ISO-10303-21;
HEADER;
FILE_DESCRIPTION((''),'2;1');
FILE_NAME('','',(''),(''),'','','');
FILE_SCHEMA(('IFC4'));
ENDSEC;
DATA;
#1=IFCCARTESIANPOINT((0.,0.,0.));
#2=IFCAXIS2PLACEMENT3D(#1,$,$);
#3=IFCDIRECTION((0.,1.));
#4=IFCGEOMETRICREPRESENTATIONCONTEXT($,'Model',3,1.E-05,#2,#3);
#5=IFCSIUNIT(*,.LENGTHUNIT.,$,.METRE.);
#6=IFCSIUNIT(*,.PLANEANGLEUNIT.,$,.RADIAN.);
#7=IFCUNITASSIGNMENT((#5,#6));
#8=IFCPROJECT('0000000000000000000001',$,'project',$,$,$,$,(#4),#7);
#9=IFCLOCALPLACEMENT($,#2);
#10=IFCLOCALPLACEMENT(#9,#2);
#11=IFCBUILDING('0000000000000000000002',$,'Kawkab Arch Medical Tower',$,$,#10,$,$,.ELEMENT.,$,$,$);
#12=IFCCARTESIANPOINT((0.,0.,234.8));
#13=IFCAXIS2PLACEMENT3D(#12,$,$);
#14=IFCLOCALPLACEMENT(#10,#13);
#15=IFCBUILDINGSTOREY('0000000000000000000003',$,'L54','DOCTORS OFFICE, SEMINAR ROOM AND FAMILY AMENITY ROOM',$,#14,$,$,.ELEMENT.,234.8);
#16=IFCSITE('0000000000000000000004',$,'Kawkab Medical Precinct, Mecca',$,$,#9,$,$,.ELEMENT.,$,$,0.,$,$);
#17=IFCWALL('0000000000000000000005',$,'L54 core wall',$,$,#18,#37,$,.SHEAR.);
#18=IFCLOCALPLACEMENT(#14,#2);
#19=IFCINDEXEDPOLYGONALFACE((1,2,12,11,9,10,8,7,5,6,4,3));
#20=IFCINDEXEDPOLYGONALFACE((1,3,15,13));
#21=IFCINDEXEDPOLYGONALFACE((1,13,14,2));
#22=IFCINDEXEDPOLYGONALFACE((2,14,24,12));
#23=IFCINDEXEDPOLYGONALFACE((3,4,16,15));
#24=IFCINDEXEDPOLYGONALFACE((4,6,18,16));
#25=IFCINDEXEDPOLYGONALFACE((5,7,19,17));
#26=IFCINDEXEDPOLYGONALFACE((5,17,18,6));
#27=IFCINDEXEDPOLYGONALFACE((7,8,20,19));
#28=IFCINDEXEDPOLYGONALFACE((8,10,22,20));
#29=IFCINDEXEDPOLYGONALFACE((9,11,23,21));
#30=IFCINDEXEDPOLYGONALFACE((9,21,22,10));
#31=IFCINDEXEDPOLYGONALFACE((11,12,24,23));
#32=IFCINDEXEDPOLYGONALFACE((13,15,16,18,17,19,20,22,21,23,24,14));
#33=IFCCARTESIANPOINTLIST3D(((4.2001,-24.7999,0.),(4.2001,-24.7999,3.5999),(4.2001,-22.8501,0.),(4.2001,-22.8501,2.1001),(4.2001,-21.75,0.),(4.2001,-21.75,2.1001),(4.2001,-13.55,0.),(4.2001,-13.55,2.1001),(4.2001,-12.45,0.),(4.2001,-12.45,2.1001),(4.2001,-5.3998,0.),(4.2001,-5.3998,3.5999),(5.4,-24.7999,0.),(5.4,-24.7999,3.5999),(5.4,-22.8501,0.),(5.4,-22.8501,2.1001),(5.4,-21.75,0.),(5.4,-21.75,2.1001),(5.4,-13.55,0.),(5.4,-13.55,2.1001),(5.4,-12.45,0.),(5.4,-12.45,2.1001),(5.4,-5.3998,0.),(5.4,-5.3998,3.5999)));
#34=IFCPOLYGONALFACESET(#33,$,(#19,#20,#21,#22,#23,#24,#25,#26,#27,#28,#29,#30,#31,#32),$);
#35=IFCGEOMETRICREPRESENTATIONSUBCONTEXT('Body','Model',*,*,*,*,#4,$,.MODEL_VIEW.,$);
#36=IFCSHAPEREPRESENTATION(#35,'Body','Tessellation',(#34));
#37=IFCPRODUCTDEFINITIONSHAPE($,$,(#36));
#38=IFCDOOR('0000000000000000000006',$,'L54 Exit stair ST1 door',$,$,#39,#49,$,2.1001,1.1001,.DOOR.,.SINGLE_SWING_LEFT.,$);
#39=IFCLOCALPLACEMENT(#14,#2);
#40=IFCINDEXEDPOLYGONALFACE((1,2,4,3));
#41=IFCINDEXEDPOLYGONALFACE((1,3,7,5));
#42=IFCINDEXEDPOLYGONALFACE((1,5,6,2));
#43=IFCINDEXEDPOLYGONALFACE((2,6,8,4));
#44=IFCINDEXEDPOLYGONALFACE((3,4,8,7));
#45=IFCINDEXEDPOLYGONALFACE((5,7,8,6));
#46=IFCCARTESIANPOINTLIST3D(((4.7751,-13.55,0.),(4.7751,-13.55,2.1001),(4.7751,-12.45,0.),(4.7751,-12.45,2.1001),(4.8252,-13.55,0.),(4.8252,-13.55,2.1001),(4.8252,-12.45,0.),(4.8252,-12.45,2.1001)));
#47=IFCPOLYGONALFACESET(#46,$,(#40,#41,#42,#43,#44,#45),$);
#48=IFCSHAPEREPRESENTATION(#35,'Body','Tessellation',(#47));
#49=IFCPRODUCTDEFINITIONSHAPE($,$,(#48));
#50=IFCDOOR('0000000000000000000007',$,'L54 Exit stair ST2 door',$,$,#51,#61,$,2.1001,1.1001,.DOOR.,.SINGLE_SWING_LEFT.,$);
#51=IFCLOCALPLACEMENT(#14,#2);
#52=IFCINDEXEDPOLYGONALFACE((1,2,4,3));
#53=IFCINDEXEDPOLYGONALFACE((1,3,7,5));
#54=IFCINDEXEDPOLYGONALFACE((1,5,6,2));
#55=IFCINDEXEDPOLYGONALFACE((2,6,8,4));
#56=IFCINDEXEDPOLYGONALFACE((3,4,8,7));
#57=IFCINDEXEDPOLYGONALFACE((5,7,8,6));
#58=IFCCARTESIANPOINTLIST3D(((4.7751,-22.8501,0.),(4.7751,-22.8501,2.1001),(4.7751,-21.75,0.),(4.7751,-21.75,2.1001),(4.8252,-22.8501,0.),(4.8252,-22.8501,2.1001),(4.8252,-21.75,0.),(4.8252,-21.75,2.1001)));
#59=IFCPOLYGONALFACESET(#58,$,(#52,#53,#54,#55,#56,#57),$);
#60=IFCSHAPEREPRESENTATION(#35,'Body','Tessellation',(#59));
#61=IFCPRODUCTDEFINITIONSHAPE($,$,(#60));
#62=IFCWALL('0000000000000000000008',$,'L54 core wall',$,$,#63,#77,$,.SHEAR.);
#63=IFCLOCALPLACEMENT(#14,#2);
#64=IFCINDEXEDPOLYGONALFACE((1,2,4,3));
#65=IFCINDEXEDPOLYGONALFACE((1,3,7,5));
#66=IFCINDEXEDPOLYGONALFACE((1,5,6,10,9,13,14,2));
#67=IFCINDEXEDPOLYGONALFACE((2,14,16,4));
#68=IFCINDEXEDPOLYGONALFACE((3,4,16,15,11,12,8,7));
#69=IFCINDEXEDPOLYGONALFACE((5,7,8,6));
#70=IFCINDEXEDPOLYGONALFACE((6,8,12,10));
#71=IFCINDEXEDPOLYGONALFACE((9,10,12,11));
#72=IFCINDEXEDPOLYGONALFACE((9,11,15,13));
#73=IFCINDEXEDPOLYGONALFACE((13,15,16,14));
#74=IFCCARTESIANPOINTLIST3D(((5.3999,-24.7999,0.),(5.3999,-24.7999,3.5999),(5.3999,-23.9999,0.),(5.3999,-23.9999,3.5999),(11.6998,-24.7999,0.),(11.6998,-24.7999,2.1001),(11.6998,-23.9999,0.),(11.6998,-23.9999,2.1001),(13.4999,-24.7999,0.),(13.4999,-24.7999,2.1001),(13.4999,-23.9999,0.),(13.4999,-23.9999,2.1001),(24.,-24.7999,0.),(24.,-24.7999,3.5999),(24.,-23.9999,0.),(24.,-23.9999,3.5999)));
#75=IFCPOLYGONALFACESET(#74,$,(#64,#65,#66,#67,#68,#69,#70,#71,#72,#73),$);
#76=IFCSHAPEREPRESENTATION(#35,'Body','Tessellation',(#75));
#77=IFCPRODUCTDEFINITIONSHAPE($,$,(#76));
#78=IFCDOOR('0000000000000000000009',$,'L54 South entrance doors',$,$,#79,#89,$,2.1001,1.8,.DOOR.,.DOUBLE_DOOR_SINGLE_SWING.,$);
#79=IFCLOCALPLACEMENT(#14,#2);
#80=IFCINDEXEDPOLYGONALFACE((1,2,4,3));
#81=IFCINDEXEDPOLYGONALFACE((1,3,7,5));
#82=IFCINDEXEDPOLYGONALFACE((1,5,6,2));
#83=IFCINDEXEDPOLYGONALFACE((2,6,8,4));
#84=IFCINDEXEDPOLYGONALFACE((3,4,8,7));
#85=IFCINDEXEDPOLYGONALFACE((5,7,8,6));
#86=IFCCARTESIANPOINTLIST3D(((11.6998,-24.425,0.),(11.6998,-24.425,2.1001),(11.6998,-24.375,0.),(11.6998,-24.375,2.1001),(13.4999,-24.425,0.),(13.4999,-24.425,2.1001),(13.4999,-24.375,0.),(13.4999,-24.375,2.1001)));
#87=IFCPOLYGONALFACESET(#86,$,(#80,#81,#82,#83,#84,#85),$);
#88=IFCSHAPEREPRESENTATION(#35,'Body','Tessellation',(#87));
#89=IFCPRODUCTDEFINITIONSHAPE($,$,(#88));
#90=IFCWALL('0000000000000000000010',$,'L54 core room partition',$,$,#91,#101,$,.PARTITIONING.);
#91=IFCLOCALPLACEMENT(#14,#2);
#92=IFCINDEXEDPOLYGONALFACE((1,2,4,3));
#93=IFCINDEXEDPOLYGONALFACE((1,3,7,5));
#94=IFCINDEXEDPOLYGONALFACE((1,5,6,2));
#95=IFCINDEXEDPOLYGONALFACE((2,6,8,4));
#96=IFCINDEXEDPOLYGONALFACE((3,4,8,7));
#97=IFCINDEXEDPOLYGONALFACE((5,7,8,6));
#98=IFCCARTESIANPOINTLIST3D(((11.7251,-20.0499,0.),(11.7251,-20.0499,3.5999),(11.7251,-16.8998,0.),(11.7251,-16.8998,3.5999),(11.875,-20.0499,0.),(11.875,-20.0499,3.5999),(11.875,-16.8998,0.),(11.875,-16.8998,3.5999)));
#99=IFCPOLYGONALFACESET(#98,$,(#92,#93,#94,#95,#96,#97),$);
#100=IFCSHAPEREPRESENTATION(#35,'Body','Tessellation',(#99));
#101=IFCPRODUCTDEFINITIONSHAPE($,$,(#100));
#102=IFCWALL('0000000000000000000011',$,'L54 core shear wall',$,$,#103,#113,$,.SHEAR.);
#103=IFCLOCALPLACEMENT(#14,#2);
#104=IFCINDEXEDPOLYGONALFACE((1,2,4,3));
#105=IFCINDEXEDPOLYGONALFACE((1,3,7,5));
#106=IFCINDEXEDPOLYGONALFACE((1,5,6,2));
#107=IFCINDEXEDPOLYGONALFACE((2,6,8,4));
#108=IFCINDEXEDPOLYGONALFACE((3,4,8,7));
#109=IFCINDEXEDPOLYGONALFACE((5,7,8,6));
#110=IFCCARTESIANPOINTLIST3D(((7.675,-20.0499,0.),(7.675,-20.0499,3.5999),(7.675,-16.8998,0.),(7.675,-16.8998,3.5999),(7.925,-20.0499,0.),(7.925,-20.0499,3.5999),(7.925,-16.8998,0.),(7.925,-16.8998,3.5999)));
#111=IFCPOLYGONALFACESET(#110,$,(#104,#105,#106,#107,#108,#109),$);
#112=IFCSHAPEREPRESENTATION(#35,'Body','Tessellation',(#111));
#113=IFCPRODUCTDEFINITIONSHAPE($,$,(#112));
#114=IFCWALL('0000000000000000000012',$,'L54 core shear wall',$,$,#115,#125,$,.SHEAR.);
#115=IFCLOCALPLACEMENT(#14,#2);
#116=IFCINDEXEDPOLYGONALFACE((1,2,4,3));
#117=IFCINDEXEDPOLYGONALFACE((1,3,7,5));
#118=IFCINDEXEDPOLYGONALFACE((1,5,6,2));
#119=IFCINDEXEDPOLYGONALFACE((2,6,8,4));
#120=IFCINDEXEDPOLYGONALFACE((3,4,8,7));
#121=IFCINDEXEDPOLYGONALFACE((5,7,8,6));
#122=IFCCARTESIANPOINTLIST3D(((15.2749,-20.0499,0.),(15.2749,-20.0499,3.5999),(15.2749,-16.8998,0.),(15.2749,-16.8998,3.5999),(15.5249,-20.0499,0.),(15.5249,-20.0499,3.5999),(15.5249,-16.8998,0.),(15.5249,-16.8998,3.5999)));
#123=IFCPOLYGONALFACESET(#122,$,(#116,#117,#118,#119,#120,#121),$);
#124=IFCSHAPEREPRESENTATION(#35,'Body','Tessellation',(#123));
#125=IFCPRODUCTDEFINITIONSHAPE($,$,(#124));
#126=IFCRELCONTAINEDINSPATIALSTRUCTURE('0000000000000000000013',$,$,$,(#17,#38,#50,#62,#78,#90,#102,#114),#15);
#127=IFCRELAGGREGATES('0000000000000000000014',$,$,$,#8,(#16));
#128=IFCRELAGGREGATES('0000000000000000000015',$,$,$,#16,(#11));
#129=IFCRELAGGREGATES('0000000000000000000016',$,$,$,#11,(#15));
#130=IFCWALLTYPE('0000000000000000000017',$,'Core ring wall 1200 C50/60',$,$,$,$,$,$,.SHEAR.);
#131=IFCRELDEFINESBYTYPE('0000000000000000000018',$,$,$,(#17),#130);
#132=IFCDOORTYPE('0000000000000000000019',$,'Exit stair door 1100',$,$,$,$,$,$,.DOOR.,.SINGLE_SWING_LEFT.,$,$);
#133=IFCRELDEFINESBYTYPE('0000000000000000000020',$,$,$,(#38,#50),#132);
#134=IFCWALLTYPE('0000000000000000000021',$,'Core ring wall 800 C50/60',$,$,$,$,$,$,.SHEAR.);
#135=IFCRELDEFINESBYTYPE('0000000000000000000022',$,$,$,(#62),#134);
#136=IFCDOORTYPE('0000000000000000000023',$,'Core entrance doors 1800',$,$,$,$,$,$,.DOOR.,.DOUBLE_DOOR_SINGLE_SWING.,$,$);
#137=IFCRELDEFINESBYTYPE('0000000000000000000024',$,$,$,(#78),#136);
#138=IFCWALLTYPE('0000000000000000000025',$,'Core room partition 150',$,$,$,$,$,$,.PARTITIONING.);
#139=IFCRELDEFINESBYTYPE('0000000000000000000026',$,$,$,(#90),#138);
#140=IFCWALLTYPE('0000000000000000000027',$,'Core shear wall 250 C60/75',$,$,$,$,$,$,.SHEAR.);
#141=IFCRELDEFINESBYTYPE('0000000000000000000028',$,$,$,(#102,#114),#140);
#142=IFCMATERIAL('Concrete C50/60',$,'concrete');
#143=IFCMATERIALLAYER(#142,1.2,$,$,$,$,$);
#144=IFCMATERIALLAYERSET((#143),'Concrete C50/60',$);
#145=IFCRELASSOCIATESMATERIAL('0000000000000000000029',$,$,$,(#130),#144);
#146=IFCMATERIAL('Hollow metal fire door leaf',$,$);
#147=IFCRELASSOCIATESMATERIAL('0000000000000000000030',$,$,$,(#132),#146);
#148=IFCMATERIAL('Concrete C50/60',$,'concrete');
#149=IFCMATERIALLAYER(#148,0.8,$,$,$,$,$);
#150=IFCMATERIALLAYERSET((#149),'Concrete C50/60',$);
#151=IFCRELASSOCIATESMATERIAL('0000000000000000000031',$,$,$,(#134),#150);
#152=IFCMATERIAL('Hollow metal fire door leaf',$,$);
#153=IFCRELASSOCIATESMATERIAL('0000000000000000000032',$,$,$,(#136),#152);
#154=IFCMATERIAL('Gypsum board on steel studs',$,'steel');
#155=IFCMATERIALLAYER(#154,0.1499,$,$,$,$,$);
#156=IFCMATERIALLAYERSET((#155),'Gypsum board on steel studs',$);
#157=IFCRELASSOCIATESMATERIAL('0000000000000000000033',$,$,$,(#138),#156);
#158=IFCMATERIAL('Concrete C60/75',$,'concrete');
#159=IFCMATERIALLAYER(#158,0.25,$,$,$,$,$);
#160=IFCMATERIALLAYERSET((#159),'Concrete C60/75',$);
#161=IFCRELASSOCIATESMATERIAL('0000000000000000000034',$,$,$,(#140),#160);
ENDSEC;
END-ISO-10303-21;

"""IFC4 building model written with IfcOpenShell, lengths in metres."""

from ifc_helpers import new_model, si_unit, direction, frame, frame_2d, origin, place, context, subcontext, project, spatial, rectangle, extrude, material, layer, layer_set, type_object, element, fill, save


model = new_model("IFC4")

# Units and contexts
model_context = context("Model", 3, precision=1e-05, world=origin(), true_north=direction((0.0, 1.0)))
body_context = subcontext(model_context, "Body", "Model", "MODEL_VIEW")
ifc_project = project(units=[si_unit("LENGTHUNIT", "METRE"), si_unit("PLANEANGLEUNIT", "RADIAN")], contexts=[model_context])

# Site, building, storey
site_placement = place(None, origin())
site = spatial("IfcSite", under=ifc_project, at=site_placement, Name="Kawkab Medical Precinct, Mecca", CompositionType="ELEMENT", RefElevation=0.0)
building_placement = place(site_placement, origin())
building = spatial("IfcBuilding", under=site, at=building_placement, Name="Kawkab Arch Medical Tower", CompositionType="ELEMENT")
storey_placement = place(building_placement, frame((0.0, 0.0, 234.8)))
storey = spatial("IfcBuildingStorey", under=building, at=storey_placement, Name="L54", Description="DOCTORS OFFICE, SEMINAR ROOM AND FAMILY AMENITY ROOM", CompositionType="ELEMENT", Elevation=234.8)

# Wall, openings, doors
ifc_material_1 = material(Name="Concrete C50/60", Category="concrete")
ifc_layer_1 = layer(ifc_material_1, 1.2)
ifc_layer_set_1 = layer_set([ifc_layer_1], Name="Concrete C50/60")
wall_type_1 = type_object("IfcWallType", Name="Core ring wall 1200 C50/60", PredefinedType="SHEAR", material=ifc_layer_set_1)
wall_1_placement = place(storey_placement, frame((4.8, -24.8, 0.0), z_axis=(0.0, 0.0, 1.0), x_axis=(0.0, 1.0, 0.0)))
wall_1 = element("IfcWall", 1, at=wall_1_placement, inside=storey, type_object=wall_type_1, Name="L54 core wall", PredefinedType="SHEAR", context=body_context, shape_type="SweptSolid", body=[
    extrude(rectangle(XDim=19.4001, YDim=1.2, at=frame_2d((9.7002, 0.0))), origin(), (0.0, 0.0, 1.0), 3.5999),
])
opening_1_placement = place(wall_1_placement, frame((11.25, 0.0, 0.0)))
opening_1 = element("IfcOpeningElement", 2, at=opening_1_placement, cuts=wall_1, PredefinedType="OPENING", context=body_context, shape_type="SweptSolid", body=[
    extrude(rectangle(XDim=1.1001, YDim=2.1001, at=frame_2d((0.55, 1.05))), frame((0.0, 0.6099, 0.0), z_axis=(0.0, -1.0, 0.0), x_axis=(1.0, 0.0, 0.0)), (0.0, 0.0, 1.0), 1.22),
])
opening_2_placement = place(wall_1_placement, frame((1.95, 0.0, 0.0)))
opening_2 = element("IfcOpeningElement", 3, at=opening_2_placement, cuts=wall_1, PredefinedType="OPENING", context=body_context, shape_type="SweptSolid", body=[
    extrude(rectangle(XDim=1.1001, YDim=2.1001, at=frame_2d((0.55, 1.05))), frame((0.0, 0.6099, 0.0), z_axis=(0.0, -1.0, 0.0), x_axis=(1.0, 0.0, 0.0)), (0.0, 0.0, 1.0), 1.22),
])
ifc_material_2 = material(Name="Hollow metal fire door leaf")
door_type_1 = type_object("IfcDoorType", Name="Exit stair door 1100", OperationType="SINGLE_SWING_LEFT", PredefinedType="DOOR", material=ifc_material_2)
door_1_placement = place(opening_1_placement, origin())
door_1 = element("IfcDoor", 4, at=door_1_placement, inside=storey, type_object=door_type_1, Name="L54 Exit stair ST1 door", OperationType="SINGLE_SWING_LEFT", OverallHeight=2.1001, OverallWidth=1.1001, PredefinedType="DOOR", context=body_context, shape_type="SweptSolid", body=[
    extrude(rectangle(XDim=1.1001, YDim=2.1001, at=frame_2d((0.55, 1.05))), frame((0.0, 0.0249, 0.0), z_axis=(0.0, -1.0, 0.0), x_axis=(1.0, 0.0, 0.0)), (0.0, 0.0, 1.0), 0.05),
])
fill(opening_1, door_1)
door_2_placement = place(opening_2_placement, origin())
door_2 = element("IfcDoor", 5, at=door_2_placement, inside=storey, type_object=door_type_1, Name="L54 Exit stair ST2 door", OperationType="SINGLE_SWING_LEFT", OverallHeight=2.1001, OverallWidth=1.1001, PredefinedType="DOOR", context=body_context, shape_type="SweptSolid", body=[
    extrude(rectangle(XDim=1.1001, YDim=2.1001, at=frame_2d((0.55, 1.05))), frame((0.0, 0.0249, 0.0), z_axis=(0.0, -1.0, 0.0), x_axis=(1.0, 0.0, 0.0)), (0.0, 0.0, 1.0), 0.05),
])
fill(opening_2, door_2)

# Wall, opening, door
ifc_material_3 = material(Name="Concrete C50/60", Category="concrete")
ifc_layer_2 = layer(ifc_material_3, 0.8)
ifc_layer_set_2 = layer_set([ifc_layer_2], Name="Concrete C50/60")
wall_type_2 = type_object("IfcWallType", Name="Core ring wall 800 C50/60", PredefinedType="SHEAR", material=ifc_layer_set_2)
wall_2_placement = place(storey_placement, frame((5.3999, -24.3999, 0.0), z_axis=(0.0, 0.0, 1.0), x_axis=(1.0, 0.0, 0.0)))
wall_2 = element("IfcWall", 6, at=wall_2_placement, inside=storey, type_object=wall_type_2, Name="L54 core wall", PredefinedType="SHEAR", context=body_context, shape_type="SweptSolid", body=[
    extrude(rectangle(XDim=18.6001, YDim=0.8, at=frame_2d((9.3, 0.0))), origin(), (0.0, 0.0, 1.0), 3.5999),
])
opening_3_placement = place(wall_2_placement, frame((6.3, 0.0, 0.0)))
opening_3 = element("IfcOpeningElement", 7, at=opening_3_placement, cuts=wall_2, PredefinedType="OPENING", context=body_context, shape_type="SweptSolid", body=[
    extrude(rectangle(XDim=1.8, YDim=2.1001, at=frame_2d((0.8999, 1.05))), frame((0.0, 0.4099, 0.0), z_axis=(0.0, -1.0, 0.0), x_axis=(1.0, 0.0, 0.0)), (0.0, 0.0, 1.0), 0.8201),
])
ifc_material_4 = material(Name="Hollow metal fire door leaf")
door_type_2 = type_object("IfcDoorType", Name="Core entrance doors 1800", OperationType="DOUBLE_DOOR_SINGLE_SWING", PredefinedType="DOOR", material=ifc_material_4)
door_3_placement = place(opening_3_placement, origin())
door_3 = element("IfcDoor", 8, at=door_3_placement, inside=storey, type_object=door_type_2, Name="L54 South entrance doors", OperationType="DOUBLE_DOOR_SINGLE_SWING", OverallHeight=2.1001, OverallWidth=1.8, PredefinedType="DOOR", context=body_context, shape_type="SweptSolid", body=[
    extrude(rectangle(XDim=1.8, YDim=2.1001, at=frame_2d((0.8999, 1.05))), frame((0.0, 0.0249, 0.0), z_axis=(0.0, -1.0, 0.0), x_axis=(1.0, 0.0, 0.0)), (0.0, 0.0, 1.0), 0.05),
])
fill(opening_3, door_3)

# Walls
ifc_material_5 = material(Name="Gypsum board on steel studs", Category="steel")
ifc_layer_3 = layer(ifc_material_5, 0.1499)
ifc_layer_set_3 = layer_set([ifc_layer_3], Name="Gypsum board on steel studs")
wall_type_3 = type_object("IfcWallType", Name="Core room partition 150", PredefinedType="PARTITIONING", material=ifc_layer_set_3)
wall_3_placement = place(storey_placement, frame((11.8, -20.05, 0.0), z_axis=(0.0, 0.0, 1.0), x_axis=(0.0, 1.0, 0.0)))
element("IfcWall", 9, at=wall_3_placement, inside=storey, type_object=wall_type_3, Name="L54 core room partition", PredefinedType="PARTITIONING", context=body_context, shape_type="SweptSolid", body=[
    extrude(rectangle(XDim=3.1501, YDim=0.1499, at=frame_2d((1.5752, 0.0))), origin(), (0.0, 0.0, 1.0), 3.5999),
])
ifc_material_6 = material(Name="Concrete C60/75", Category="concrete")
ifc_layer_4 = layer(ifc_material_6, 0.25)
ifc_layer_set_4 = layer_set([ifc_layer_4], Name="Concrete C60/75")
wall_type_4 = type_object("IfcWallType", Name="Core shear wall 250 C60/75", PredefinedType="SHEAR", material=ifc_layer_set_4)
for number, where, z_axis, x_axis, name in (
    (10, (7.8, -20.05, 0.0), (0.0, 0.0, 1.0), (0.0, 1.0, 0.0), "L54 core shear wall"),
    (11, (15.3999, -20.05, 0.0), (0.0, 0.0, 1.0), (0.0, 1.0, 0.0), "L54 core shear wall"),
):
    element("IfcWall", number, at=place(storey_placement, frame(where, z_axis=z_axis, x_axis=x_axis)), inside=storey, type_object=wall_type_4, Name=name, PredefinedType="SHEAR", context=body_context, shape_type="SweptSolid", body=[
        extrude(rectangle(XDim=3.1501, YDim=0.25, at=frame_2d((1.5752, 0.0))), origin(), (0.0, 0.0, 1.0), 3.5999),
    ])

save(model, "model.ifc")
